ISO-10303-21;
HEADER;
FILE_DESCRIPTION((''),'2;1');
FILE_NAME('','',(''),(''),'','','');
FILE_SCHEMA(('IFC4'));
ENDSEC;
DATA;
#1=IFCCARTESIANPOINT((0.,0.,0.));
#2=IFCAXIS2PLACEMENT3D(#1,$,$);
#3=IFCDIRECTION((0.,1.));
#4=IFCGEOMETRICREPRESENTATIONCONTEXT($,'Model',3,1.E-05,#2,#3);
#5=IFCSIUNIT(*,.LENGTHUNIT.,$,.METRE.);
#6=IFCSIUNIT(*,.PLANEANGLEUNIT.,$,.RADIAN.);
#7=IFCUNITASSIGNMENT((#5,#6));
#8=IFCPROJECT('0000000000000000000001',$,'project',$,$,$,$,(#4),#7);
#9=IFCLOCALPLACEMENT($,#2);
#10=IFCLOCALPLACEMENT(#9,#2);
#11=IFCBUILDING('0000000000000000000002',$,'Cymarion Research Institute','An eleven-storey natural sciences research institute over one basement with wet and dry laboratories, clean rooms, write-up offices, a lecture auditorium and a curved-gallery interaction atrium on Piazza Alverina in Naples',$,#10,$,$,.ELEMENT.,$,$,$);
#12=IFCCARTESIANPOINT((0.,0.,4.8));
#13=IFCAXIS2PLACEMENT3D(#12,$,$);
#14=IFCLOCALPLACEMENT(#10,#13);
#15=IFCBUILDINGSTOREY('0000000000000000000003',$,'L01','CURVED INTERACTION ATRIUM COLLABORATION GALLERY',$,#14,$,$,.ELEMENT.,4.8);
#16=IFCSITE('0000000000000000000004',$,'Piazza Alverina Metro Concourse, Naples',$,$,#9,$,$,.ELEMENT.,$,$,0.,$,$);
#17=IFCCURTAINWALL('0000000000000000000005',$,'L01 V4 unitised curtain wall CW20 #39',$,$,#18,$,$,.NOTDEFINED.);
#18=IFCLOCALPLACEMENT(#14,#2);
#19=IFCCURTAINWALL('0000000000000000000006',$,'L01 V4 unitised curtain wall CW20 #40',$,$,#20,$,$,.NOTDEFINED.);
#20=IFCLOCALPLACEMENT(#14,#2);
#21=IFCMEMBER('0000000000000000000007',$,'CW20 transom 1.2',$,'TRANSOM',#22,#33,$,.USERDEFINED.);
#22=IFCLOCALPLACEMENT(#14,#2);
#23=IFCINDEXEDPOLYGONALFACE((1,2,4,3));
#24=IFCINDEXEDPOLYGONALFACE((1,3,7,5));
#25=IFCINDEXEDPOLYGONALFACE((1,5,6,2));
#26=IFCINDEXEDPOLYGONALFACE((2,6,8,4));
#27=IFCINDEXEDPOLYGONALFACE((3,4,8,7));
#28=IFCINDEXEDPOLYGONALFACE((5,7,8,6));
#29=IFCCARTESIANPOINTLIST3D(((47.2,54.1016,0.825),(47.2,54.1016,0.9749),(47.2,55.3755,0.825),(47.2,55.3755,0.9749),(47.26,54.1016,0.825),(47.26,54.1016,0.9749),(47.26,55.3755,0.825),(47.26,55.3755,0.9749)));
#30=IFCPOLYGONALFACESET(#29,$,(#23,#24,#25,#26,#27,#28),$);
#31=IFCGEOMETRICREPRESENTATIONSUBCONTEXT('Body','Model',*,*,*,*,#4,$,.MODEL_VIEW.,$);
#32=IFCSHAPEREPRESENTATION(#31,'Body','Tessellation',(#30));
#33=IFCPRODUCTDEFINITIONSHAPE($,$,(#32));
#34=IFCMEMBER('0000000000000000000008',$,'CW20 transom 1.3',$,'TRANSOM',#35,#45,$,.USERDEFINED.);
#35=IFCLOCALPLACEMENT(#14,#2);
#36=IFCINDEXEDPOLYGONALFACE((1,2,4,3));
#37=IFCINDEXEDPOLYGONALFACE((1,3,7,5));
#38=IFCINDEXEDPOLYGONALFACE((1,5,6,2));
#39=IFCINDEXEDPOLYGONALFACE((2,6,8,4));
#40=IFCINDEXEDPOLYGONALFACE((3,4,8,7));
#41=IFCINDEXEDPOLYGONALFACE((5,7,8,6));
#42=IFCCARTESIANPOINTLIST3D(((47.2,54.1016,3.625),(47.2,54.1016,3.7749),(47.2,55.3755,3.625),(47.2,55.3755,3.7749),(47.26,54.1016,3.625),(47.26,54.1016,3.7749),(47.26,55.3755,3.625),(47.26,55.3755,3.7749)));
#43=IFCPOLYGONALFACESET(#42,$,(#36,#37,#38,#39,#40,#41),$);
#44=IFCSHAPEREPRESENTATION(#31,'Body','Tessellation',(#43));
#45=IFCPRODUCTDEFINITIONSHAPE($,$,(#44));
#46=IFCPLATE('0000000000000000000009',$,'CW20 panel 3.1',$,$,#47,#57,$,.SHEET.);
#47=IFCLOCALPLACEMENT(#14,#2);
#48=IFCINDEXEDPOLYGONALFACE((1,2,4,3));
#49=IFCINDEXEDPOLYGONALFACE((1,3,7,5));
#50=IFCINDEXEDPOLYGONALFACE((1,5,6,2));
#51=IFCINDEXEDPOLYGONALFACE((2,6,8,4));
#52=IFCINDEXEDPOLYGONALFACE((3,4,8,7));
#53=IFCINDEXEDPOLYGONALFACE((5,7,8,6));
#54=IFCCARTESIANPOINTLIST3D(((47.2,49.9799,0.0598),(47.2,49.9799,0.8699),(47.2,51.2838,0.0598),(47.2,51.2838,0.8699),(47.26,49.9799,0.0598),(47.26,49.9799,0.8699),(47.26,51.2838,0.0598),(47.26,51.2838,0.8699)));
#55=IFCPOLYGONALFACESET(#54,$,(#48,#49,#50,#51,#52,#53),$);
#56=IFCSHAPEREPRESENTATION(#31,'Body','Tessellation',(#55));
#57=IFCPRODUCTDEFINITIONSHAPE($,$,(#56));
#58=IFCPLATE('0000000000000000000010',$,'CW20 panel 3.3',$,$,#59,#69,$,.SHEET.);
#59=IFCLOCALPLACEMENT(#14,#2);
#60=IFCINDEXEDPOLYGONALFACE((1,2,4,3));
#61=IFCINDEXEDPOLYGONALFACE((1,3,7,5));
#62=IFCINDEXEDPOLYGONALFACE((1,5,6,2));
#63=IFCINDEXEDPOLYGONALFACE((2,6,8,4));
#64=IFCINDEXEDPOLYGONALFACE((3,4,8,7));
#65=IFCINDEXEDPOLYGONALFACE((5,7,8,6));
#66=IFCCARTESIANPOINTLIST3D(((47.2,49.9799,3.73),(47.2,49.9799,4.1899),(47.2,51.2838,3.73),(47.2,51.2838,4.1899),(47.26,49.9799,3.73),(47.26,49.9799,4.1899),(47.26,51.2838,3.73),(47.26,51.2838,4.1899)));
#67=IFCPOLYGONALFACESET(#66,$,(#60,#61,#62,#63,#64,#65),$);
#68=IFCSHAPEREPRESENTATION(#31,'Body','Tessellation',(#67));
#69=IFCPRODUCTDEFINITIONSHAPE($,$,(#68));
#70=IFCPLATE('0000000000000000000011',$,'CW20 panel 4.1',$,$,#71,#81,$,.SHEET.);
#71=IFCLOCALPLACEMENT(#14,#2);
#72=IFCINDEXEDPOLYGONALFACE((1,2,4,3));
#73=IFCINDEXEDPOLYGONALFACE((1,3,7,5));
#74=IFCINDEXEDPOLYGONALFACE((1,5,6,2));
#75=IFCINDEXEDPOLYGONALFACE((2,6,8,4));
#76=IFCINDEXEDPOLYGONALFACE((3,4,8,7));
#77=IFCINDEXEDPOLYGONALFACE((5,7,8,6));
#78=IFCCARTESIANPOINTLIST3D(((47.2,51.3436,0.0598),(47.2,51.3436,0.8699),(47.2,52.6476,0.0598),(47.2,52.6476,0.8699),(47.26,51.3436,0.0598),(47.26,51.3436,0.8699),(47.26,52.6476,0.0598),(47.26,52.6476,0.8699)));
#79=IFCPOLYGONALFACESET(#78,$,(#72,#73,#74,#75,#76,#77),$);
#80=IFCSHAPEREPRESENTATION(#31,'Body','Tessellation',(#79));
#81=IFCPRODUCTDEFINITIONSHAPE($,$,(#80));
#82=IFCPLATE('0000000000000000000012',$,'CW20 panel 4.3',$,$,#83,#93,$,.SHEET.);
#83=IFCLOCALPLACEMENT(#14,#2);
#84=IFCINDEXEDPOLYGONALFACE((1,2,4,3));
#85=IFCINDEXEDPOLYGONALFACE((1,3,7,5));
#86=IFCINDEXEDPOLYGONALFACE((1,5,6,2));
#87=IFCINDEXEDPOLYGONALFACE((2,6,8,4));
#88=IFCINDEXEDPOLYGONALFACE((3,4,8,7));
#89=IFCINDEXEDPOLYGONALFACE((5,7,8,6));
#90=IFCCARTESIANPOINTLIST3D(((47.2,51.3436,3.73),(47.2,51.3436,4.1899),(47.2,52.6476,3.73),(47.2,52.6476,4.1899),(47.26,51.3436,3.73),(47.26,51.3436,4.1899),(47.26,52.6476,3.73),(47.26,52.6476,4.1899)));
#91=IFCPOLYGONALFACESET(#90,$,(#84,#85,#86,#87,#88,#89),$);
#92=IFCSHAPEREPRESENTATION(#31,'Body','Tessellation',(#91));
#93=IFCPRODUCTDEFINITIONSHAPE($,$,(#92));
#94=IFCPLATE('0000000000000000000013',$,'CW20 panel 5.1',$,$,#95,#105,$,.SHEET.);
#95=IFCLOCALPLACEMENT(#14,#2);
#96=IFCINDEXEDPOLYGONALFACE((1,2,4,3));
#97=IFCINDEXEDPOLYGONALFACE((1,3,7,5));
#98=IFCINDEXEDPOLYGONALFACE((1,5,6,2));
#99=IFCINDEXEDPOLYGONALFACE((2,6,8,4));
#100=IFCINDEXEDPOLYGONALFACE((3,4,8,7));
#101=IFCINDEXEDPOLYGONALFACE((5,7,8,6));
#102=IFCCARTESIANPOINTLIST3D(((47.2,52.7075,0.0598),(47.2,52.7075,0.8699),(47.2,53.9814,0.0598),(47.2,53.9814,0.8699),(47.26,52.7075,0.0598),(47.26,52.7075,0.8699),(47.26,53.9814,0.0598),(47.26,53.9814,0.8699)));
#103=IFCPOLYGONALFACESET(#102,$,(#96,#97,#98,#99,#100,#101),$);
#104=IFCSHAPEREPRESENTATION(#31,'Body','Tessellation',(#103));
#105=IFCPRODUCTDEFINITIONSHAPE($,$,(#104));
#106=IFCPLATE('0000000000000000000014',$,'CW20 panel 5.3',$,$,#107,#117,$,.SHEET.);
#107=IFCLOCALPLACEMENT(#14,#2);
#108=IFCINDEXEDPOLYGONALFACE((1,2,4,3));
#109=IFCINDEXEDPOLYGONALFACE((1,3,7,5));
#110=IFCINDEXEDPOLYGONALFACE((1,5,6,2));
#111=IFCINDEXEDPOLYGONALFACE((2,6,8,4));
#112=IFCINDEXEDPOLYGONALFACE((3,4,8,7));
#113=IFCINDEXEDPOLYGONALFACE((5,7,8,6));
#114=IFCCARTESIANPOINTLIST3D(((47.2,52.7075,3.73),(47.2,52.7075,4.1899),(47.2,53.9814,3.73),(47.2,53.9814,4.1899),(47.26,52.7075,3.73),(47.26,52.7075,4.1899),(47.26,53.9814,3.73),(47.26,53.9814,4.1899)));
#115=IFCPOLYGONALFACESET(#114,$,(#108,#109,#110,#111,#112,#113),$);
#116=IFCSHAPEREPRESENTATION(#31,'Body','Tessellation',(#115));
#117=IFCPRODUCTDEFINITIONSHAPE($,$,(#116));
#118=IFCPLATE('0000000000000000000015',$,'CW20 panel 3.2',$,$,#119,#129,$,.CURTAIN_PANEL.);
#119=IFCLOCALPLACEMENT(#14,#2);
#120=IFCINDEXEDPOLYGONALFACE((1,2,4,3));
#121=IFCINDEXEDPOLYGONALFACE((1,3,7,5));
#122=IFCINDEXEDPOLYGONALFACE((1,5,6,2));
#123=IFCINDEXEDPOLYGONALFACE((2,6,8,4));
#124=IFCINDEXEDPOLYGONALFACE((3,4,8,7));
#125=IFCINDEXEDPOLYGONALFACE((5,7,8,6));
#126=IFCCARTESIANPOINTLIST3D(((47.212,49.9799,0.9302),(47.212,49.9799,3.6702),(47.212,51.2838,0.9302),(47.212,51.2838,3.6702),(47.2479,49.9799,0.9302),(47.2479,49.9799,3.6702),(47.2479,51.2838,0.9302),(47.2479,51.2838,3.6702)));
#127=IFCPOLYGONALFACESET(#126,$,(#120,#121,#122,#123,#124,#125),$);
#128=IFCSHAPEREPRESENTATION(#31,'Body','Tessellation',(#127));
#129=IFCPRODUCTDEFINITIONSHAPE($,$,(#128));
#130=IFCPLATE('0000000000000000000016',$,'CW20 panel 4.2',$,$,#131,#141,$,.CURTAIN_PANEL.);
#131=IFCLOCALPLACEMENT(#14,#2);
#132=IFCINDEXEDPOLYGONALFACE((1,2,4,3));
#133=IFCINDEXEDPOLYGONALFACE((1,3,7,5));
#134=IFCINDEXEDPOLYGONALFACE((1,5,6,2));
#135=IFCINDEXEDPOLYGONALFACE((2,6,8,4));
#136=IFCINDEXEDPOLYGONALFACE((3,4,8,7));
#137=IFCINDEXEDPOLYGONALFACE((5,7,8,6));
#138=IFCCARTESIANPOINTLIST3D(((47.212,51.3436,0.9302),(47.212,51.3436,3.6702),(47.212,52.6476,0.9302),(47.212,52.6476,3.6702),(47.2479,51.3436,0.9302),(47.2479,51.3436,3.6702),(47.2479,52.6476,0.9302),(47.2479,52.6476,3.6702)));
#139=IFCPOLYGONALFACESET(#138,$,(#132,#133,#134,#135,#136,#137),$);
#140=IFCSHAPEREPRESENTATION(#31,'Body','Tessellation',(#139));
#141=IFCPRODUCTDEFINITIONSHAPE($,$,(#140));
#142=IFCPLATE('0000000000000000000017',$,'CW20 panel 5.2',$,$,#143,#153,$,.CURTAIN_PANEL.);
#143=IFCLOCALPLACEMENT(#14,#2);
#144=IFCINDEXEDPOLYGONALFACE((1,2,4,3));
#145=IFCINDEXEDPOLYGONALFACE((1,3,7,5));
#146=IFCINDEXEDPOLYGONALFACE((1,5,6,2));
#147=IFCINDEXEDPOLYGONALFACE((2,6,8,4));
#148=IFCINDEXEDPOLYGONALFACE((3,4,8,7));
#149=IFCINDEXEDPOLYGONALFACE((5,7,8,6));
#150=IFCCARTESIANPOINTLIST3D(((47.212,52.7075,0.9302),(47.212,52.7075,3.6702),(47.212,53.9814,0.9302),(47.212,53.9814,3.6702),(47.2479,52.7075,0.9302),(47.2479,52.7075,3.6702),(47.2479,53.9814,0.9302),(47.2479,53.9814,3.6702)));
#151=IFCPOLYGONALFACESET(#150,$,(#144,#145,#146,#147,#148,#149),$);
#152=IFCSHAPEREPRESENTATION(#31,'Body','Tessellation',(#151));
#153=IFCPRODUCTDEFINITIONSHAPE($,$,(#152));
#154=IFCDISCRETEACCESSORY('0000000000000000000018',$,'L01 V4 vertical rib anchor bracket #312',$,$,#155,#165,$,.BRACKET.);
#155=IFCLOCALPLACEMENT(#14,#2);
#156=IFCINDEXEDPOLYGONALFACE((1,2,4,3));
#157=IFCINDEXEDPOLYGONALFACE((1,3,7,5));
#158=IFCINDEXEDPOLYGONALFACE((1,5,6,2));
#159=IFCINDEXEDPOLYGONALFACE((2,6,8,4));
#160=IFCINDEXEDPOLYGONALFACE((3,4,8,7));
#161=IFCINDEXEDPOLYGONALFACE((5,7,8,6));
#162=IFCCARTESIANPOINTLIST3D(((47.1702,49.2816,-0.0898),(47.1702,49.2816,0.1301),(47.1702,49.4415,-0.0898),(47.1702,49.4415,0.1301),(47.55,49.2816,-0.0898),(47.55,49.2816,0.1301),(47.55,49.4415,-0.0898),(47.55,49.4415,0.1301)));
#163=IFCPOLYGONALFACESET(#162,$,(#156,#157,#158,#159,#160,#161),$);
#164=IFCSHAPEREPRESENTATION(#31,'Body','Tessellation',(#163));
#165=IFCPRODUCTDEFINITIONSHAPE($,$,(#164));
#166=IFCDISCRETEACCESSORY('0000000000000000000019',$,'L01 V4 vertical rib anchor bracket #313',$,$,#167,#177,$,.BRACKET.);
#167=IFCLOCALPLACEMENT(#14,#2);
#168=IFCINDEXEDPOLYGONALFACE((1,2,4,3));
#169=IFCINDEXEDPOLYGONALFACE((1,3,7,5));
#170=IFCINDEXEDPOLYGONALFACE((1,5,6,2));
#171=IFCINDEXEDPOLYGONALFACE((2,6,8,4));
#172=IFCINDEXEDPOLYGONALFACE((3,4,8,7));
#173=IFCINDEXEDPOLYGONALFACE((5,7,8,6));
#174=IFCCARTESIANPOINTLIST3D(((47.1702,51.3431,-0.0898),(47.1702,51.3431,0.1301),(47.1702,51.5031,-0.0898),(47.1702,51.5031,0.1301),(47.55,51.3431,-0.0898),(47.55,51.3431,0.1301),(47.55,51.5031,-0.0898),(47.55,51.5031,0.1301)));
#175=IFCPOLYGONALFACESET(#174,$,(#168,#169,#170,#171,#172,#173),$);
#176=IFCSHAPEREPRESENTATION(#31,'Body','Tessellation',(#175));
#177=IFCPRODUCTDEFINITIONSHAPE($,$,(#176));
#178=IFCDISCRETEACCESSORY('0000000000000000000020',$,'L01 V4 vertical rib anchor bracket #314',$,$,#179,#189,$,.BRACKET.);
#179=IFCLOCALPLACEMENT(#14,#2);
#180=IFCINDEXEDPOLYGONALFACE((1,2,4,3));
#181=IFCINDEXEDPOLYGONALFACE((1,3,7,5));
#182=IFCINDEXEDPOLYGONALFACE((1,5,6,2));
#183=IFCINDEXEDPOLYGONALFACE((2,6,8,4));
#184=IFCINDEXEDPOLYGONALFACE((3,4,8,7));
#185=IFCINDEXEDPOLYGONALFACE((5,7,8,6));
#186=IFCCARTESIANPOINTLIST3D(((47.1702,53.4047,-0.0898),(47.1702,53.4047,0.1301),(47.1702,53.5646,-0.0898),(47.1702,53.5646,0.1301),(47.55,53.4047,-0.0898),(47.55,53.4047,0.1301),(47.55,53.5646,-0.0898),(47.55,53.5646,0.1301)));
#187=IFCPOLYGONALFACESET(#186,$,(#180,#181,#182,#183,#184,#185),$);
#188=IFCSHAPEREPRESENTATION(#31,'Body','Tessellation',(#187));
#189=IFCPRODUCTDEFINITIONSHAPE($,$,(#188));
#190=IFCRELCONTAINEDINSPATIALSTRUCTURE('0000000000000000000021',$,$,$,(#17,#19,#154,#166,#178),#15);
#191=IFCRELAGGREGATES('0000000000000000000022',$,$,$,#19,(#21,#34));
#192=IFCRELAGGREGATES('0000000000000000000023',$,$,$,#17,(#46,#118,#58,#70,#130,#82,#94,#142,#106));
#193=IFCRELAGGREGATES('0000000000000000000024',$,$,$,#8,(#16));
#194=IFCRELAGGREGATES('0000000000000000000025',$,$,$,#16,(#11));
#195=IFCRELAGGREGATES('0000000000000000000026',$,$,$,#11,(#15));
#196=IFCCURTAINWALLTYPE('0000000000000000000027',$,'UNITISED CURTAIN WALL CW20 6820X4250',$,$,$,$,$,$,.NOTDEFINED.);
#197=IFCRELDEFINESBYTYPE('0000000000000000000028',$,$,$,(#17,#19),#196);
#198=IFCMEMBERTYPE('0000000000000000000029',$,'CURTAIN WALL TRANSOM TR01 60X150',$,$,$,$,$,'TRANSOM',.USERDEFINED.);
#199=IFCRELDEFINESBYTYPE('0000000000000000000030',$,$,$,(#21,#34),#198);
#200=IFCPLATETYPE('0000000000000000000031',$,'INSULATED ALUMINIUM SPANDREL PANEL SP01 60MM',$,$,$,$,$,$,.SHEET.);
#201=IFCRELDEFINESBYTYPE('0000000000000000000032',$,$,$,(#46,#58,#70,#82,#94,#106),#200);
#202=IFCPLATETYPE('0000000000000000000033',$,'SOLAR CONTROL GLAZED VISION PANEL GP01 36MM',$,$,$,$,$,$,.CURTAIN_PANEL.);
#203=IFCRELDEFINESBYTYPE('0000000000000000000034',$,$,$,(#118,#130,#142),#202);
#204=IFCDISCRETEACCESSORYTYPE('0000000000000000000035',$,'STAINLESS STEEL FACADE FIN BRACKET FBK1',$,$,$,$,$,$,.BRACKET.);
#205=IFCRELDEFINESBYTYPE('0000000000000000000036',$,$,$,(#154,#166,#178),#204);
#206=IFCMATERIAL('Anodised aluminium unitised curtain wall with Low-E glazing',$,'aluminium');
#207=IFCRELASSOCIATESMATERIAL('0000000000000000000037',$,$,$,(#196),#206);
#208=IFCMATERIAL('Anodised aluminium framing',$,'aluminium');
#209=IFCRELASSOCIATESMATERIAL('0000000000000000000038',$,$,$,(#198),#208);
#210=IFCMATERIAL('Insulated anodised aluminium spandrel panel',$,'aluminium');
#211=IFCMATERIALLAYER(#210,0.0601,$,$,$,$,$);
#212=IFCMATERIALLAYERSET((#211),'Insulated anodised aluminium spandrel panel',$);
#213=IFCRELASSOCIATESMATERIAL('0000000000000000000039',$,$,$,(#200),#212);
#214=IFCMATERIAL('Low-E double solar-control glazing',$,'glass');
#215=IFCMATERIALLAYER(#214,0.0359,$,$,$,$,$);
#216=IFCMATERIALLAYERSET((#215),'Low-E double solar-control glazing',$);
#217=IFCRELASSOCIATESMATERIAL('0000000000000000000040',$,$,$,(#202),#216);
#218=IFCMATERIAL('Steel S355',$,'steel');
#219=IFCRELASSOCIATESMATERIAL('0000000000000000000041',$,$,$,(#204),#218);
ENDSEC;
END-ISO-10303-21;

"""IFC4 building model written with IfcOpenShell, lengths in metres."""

from ifc_helpers import new_model, si_unit, direction, frame, origin, origin_2d, place, context, subcontext, project, spatial, rectangle, extrude, material, layer, layer_set, material_profile, profile_set, type_object, element, aggregate, save


model = new_model("IFC4")

# Units and contexts
model_context = context("Model", 3, precision=1e-05, world=origin(), true_north=direction((0.0, 1.0)))
body_context = subcontext(model_context, "Body", "Model", "MODEL_VIEW")
ifc_project = project(units=[si_unit("LENGTHUNIT", "METRE"), si_unit("PLANEANGLEUNIT", "RADIAN")], contexts=[model_context])

# Site, building, storey
site_placement = place(None, origin())
site = spatial("IfcSite", under=ifc_project, at=site_placement, Name="Piazza Alverina Metro Concourse, Naples", CompositionType="ELEMENT", RefElevation=0.0)
building_placement = place(site_placement, origin())
building = spatial("IfcBuilding", under=site, at=building_placement, Name="Cymarion Research Institute", Description="An eleven-storey natural sciences research institute over one basement with wet and dry laboratories, clean rooms, write-up offices, a lecture auditorium and a curved-gallery interaction atrium on Piazza Alverina in Naples", CompositionType="ELEMENT")
storey_placement = place(building_placement, frame((0.0, 0.0, 4.8)))
storey = spatial("IfcBuildingStorey", under=building, at=storey_placement, Name="L01", Description="CURVED INTERACTION ATRIUM COLLABORATION GALLERY", CompositionType="ELEMENT", Elevation=4.8)

# Curtain wall
ifc_material_1 = material(Name="Anodised aluminium unitised curtain wall with Low-E glazing", Category="aluminium")
curtain_wall_type = type_object("IfcCurtainWallType", Name="UNITISED CURTAIN WALL CW20 6820X4250", PredefinedType="NOTDEFINED", material=ifc_material_1)
curtain_wall_1_placement = place(storey_placement, origin())
curtain_wall_1 = element("IfcCurtainWall", 1, at=curtain_wall_1_placement, inside=storey, type_object=curtain_wall_type, Name="L01 V4 unitised curtain wall CW20 #39", PredefinedType="NOTDEFINED")
ifc_material_2 = material(Name="Anodised aluminium framing", Category="aluminium")

# Curtain wall
curtain_wall_2_placement = place(storey_placement, origin())
curtain_wall_2 = element("IfcCurtainWall", 2, at=curtain_wall_2_placement, inside=storey, type_object=curtain_wall_type, Name="L01 V4 unitised curtain wall CW20 #40", PredefinedType="NOTDEFINED")

# Members
ifc_material_profile_1 = material_profile(ifc_material_2, rectangle(XDim=0.0601, YDim=0.1499, at=origin_2d()), Name="ALU TRANSOM 60x150")
ifc_profile_set_1 = profile_set([ifc_material_profile_1], Name="Anodised aluminium framing")
member_type_1 = type_object("IfcMemberType", Name="CURTAIN WALL TRANSOM TR01 60X150", ElementType="TRANSOM", PredefinedType="USERDEFINED", material=ifc_profile_set_1)
member_1_placement = place(storey_placement, frame((47.23, 54.1016, 0.8999), z_axis=(0.0, 1.0, 0.0), x_axis=(-1.0, 0.0, 0.0)))
member_1 = element("IfcMember", 3, at=member_1_placement, type_object=member_type_1, Name="CW20 transom 1.2", ObjectType="TRANSOM", PredefinedType="USERDEFINED", context=body_context, shape_type="SweptSolid", body=[
    extrude(rectangle(XDim=0.0601, YDim=0.1499, at=origin_2d()), origin(), (0.0, 0.0, 1.0), 1.2739),
])
member_2_placement = place(storey_placement, frame((47.23, 54.1016, 3.7), z_axis=(0.0, 1.0, 0.0), x_axis=(-1.0, 0.0, 0.0)))
member_2 = element("IfcMember", 4, at=member_2_placement, type_object=member_type_1, Name="CW20 transom 1.3", ObjectType="TRANSOM", PredefinedType="USERDEFINED", context=body_context, shape_type="SweptSolid", body=[
    extrude(rectangle(XDim=0.0601, YDim=0.1499, at=origin_2d()), origin(), (0.0, 0.0, 1.0), 1.2739),
])
aggregate(curtain_wall_2, [member_1, member_2])

# Plates
ifc_material_3 = material(Name="Insulated anodised aluminium spandrel panel", Category="aluminium")
ifc_layer_1 = layer(ifc_material_3, 0.0601)
ifc_layer_set_1 = layer_set([ifc_layer_1], Name="Insulated anodised aluminium spandrel panel")
plate_type_1 = type_object("IfcPlateType", Name="INSULATED ALUMINIUM SPANDREL PANEL SP01 60MM", PredefinedType="SHEET", material=ifc_layer_set_1)
plate_1_placement = place(storey_placement, frame((47.23, 50.6318, 0.0598), z_axis=(0.0, 0.0, 1.0), x_axis=(0.0, 1.0, 0.0)))
plate_1 = element("IfcPlate", 5, at=plate_1_placement, type_object=plate_type_1, Name="CW20 panel 3.1", PredefinedType="SHEET", context=body_context, shape_type="SweptSolid", body=[
    extrude(rectangle(XDim=1.304, YDim=0.0601, at=origin_2d()), origin(), (0.0, 0.0, 1.0), 0.8101),
])
plate_2_placement = place(storey_placement, frame((47.23, 50.6318, 3.73), z_axis=(0.0, 0.0, 1.0), x_axis=(0.0, 1.0, 0.0)))
plate_2 = element("IfcPlate", 6, at=plate_2_placement, type_object=plate_type_1, Name="CW20 panel 3.3", PredefinedType="SHEET", context=body_context, shape_type="SweptSolid", body=[
    extrude(rectangle(XDim=1.304, YDim=0.0601, at=origin_2d()), origin(), (0.0, 0.0, 1.0), 0.46),
])
plate_3_placement = place(storey_placement, frame((47.23, 51.9956, 0.0598), z_axis=(0.0, 0.0, 1.0), x_axis=(0.0, 1.0, 0.0)))
plate_3 = element("IfcPlate", 7, at=plate_3_placement, type_object=plate_type_1, Name="CW20 panel 4.1", PredefinedType="SHEET", context=body_context, shape_type="SweptSolid", body=[
    extrude(rectangle(XDim=1.304, YDim=0.0601, at=origin_2d()), origin(), (0.0, 0.0, 1.0), 0.8101),
])
plate_4_placement = place(storey_placement, frame((47.23, 51.9956, 3.73), z_axis=(0.0, 0.0, 1.0), x_axis=(0.0, 1.0, 0.0)))
plate_4 = element("IfcPlate", 8, at=plate_4_placement, type_object=plate_type_1, Name="CW20 panel 4.3", PredefinedType="SHEET", context=body_context, shape_type="SweptSolid", body=[
    extrude(rectangle(XDim=1.304, YDim=0.0601, at=origin_2d()), origin(), (0.0, 0.0, 1.0), 0.46),
])
plate_5_placement = place(storey_placement, frame((47.23, 53.3445, 0.0598), z_axis=(0.0, 0.0, 1.0), x_axis=(0.0, 1.0, 0.0)))
plate_5 = element("IfcPlate", 9, at=plate_5_placement, type_object=plate_type_1, Name="CW20 panel 5.1", PredefinedType="SHEET", context=body_context, shape_type="SweptSolid", body=[
    extrude(rectangle(XDim=1.2739, YDim=0.0601, at=origin_2d()), origin(), (0.0, 0.0, 1.0), 0.8101),
])
plate_6_placement = place(storey_placement, frame((47.23, 53.3445, 3.73), z_axis=(0.0, 0.0, 1.0), x_axis=(0.0, 1.0, 0.0)))
plate_6 = element("IfcPlate", 10, at=plate_6_placement, type_object=plate_type_1, Name="CW20 panel 5.3", PredefinedType="SHEET", context=body_context, shape_type="SweptSolid", body=[
    extrude(rectangle(XDim=1.2739, YDim=0.0601, at=origin_2d()), origin(), (0.0, 0.0, 1.0), 0.46),
])
ifc_material_4 = material(Name="Low-E double solar-control glazing", Category="glass")
ifc_layer_2 = layer(ifc_material_4, 0.0359)
ifc_layer_set_2 = layer_set([ifc_layer_2], Name="Low-E double solar-control glazing")
plate_type_2 = type_object("IfcPlateType", Name="SOLAR CONTROL GLAZED VISION PANEL GP01 36MM", PredefinedType="CURTAIN_PANEL", material=ifc_layer_set_2)
plate_7_placement = place(storey_placement, frame((47.23, 50.6318, 0.9302), z_axis=(0.0, 0.0, 1.0), x_axis=(0.0, 1.0, 0.0)))
plate_7 = element("IfcPlate", 11, at=plate_7_placement, type_object=plate_type_2, Name="CW20 panel 3.2", PredefinedType="CURTAIN_PANEL", context=body_context, shape_type="SweptSolid", body=[
    extrude(rectangle(XDim=1.304, YDim=0.0359, at=origin_2d()), origin(), (0.0, 0.0, 1.0), 2.74),
])
plate_8_placement = place(storey_placement, frame((47.23, 51.9956, 0.9302), z_axis=(0.0, 0.0, 1.0), x_axis=(0.0, 1.0, 0.0)))
plate_8 = element("IfcPlate", 12, at=plate_8_placement, type_object=plate_type_2, Name="CW20 panel 4.2", PredefinedType="CURTAIN_PANEL", context=body_context, shape_type="SweptSolid", body=[
    extrude(rectangle(XDim=1.304, YDim=0.0359, at=origin_2d()), origin(), (0.0, 0.0, 1.0), 2.74),
])
plate_9_placement = place(storey_placement, frame((47.23, 53.3445, 0.9302), z_axis=(0.0, 0.0, 1.0), x_axis=(0.0, 1.0, 0.0)))
plate_9 = element("IfcPlate", 13, at=plate_9_placement, type_object=plate_type_2, Name="CW20 panel 5.2", PredefinedType="CURTAIN_PANEL", context=body_context, shape_type="SweptSolid", body=[
    extrude(rectangle(XDim=1.2739, YDim=0.0359, at=origin_2d()), origin(), (0.0, 0.0, 1.0), 2.74),
])
aggregate(curtain_wall_1, [plate_1, plate_7, plate_2, plate_3, plate_8, plate_4, plate_5, plate_9, plate_6])

# Discrete accessories
ifc_material_5 = material(Name="Steel S355", Category="steel")
discrete_accessory_type = type_object("IfcDiscreteAccessoryType", Name="STAINLESS STEEL FACADE FIN BRACKET FBK1", PredefinedType="BRACKET", material=ifc_material_5)
for number, where, z_axis, x_axis, name in (
    (14, (47.3601, 49.3616, -0.0898), (0.0, 0.0, 1.0), (1.0, 0.0, 0.0), "L01 V4 vertical rib anchor bracket #312"),
    (15, (47.3601, 51.4231, -0.0898), (0.0, 0.0, 1.0), (1.0, 0.0, 0.0), "L01 V4 vertical rib anchor bracket #313"),
    (16, (47.3601, 53.4846, -0.0898), (0.0, 0.0, 1.0), (1.0, 0.0, 0.0), "L01 V4 vertical rib anchor bracket #314"),
):
    element("IfcDiscreteAccessory", number, at=place(storey_placement, frame(where, z_axis=z_axis, x_axis=x_axis)), inside=storey, type_object=discrete_accessory_type, Name=name, PredefinedType="BRACKET", context=body_context, shape_type="SweptSolid", body=[
        extrude(rectangle(XDim=0.3799, YDim=0.1599, at=origin_2d()), origin(), (0.0, 0.0, 1.0), 0.22),
    ])

save(model, "model.ifc")
